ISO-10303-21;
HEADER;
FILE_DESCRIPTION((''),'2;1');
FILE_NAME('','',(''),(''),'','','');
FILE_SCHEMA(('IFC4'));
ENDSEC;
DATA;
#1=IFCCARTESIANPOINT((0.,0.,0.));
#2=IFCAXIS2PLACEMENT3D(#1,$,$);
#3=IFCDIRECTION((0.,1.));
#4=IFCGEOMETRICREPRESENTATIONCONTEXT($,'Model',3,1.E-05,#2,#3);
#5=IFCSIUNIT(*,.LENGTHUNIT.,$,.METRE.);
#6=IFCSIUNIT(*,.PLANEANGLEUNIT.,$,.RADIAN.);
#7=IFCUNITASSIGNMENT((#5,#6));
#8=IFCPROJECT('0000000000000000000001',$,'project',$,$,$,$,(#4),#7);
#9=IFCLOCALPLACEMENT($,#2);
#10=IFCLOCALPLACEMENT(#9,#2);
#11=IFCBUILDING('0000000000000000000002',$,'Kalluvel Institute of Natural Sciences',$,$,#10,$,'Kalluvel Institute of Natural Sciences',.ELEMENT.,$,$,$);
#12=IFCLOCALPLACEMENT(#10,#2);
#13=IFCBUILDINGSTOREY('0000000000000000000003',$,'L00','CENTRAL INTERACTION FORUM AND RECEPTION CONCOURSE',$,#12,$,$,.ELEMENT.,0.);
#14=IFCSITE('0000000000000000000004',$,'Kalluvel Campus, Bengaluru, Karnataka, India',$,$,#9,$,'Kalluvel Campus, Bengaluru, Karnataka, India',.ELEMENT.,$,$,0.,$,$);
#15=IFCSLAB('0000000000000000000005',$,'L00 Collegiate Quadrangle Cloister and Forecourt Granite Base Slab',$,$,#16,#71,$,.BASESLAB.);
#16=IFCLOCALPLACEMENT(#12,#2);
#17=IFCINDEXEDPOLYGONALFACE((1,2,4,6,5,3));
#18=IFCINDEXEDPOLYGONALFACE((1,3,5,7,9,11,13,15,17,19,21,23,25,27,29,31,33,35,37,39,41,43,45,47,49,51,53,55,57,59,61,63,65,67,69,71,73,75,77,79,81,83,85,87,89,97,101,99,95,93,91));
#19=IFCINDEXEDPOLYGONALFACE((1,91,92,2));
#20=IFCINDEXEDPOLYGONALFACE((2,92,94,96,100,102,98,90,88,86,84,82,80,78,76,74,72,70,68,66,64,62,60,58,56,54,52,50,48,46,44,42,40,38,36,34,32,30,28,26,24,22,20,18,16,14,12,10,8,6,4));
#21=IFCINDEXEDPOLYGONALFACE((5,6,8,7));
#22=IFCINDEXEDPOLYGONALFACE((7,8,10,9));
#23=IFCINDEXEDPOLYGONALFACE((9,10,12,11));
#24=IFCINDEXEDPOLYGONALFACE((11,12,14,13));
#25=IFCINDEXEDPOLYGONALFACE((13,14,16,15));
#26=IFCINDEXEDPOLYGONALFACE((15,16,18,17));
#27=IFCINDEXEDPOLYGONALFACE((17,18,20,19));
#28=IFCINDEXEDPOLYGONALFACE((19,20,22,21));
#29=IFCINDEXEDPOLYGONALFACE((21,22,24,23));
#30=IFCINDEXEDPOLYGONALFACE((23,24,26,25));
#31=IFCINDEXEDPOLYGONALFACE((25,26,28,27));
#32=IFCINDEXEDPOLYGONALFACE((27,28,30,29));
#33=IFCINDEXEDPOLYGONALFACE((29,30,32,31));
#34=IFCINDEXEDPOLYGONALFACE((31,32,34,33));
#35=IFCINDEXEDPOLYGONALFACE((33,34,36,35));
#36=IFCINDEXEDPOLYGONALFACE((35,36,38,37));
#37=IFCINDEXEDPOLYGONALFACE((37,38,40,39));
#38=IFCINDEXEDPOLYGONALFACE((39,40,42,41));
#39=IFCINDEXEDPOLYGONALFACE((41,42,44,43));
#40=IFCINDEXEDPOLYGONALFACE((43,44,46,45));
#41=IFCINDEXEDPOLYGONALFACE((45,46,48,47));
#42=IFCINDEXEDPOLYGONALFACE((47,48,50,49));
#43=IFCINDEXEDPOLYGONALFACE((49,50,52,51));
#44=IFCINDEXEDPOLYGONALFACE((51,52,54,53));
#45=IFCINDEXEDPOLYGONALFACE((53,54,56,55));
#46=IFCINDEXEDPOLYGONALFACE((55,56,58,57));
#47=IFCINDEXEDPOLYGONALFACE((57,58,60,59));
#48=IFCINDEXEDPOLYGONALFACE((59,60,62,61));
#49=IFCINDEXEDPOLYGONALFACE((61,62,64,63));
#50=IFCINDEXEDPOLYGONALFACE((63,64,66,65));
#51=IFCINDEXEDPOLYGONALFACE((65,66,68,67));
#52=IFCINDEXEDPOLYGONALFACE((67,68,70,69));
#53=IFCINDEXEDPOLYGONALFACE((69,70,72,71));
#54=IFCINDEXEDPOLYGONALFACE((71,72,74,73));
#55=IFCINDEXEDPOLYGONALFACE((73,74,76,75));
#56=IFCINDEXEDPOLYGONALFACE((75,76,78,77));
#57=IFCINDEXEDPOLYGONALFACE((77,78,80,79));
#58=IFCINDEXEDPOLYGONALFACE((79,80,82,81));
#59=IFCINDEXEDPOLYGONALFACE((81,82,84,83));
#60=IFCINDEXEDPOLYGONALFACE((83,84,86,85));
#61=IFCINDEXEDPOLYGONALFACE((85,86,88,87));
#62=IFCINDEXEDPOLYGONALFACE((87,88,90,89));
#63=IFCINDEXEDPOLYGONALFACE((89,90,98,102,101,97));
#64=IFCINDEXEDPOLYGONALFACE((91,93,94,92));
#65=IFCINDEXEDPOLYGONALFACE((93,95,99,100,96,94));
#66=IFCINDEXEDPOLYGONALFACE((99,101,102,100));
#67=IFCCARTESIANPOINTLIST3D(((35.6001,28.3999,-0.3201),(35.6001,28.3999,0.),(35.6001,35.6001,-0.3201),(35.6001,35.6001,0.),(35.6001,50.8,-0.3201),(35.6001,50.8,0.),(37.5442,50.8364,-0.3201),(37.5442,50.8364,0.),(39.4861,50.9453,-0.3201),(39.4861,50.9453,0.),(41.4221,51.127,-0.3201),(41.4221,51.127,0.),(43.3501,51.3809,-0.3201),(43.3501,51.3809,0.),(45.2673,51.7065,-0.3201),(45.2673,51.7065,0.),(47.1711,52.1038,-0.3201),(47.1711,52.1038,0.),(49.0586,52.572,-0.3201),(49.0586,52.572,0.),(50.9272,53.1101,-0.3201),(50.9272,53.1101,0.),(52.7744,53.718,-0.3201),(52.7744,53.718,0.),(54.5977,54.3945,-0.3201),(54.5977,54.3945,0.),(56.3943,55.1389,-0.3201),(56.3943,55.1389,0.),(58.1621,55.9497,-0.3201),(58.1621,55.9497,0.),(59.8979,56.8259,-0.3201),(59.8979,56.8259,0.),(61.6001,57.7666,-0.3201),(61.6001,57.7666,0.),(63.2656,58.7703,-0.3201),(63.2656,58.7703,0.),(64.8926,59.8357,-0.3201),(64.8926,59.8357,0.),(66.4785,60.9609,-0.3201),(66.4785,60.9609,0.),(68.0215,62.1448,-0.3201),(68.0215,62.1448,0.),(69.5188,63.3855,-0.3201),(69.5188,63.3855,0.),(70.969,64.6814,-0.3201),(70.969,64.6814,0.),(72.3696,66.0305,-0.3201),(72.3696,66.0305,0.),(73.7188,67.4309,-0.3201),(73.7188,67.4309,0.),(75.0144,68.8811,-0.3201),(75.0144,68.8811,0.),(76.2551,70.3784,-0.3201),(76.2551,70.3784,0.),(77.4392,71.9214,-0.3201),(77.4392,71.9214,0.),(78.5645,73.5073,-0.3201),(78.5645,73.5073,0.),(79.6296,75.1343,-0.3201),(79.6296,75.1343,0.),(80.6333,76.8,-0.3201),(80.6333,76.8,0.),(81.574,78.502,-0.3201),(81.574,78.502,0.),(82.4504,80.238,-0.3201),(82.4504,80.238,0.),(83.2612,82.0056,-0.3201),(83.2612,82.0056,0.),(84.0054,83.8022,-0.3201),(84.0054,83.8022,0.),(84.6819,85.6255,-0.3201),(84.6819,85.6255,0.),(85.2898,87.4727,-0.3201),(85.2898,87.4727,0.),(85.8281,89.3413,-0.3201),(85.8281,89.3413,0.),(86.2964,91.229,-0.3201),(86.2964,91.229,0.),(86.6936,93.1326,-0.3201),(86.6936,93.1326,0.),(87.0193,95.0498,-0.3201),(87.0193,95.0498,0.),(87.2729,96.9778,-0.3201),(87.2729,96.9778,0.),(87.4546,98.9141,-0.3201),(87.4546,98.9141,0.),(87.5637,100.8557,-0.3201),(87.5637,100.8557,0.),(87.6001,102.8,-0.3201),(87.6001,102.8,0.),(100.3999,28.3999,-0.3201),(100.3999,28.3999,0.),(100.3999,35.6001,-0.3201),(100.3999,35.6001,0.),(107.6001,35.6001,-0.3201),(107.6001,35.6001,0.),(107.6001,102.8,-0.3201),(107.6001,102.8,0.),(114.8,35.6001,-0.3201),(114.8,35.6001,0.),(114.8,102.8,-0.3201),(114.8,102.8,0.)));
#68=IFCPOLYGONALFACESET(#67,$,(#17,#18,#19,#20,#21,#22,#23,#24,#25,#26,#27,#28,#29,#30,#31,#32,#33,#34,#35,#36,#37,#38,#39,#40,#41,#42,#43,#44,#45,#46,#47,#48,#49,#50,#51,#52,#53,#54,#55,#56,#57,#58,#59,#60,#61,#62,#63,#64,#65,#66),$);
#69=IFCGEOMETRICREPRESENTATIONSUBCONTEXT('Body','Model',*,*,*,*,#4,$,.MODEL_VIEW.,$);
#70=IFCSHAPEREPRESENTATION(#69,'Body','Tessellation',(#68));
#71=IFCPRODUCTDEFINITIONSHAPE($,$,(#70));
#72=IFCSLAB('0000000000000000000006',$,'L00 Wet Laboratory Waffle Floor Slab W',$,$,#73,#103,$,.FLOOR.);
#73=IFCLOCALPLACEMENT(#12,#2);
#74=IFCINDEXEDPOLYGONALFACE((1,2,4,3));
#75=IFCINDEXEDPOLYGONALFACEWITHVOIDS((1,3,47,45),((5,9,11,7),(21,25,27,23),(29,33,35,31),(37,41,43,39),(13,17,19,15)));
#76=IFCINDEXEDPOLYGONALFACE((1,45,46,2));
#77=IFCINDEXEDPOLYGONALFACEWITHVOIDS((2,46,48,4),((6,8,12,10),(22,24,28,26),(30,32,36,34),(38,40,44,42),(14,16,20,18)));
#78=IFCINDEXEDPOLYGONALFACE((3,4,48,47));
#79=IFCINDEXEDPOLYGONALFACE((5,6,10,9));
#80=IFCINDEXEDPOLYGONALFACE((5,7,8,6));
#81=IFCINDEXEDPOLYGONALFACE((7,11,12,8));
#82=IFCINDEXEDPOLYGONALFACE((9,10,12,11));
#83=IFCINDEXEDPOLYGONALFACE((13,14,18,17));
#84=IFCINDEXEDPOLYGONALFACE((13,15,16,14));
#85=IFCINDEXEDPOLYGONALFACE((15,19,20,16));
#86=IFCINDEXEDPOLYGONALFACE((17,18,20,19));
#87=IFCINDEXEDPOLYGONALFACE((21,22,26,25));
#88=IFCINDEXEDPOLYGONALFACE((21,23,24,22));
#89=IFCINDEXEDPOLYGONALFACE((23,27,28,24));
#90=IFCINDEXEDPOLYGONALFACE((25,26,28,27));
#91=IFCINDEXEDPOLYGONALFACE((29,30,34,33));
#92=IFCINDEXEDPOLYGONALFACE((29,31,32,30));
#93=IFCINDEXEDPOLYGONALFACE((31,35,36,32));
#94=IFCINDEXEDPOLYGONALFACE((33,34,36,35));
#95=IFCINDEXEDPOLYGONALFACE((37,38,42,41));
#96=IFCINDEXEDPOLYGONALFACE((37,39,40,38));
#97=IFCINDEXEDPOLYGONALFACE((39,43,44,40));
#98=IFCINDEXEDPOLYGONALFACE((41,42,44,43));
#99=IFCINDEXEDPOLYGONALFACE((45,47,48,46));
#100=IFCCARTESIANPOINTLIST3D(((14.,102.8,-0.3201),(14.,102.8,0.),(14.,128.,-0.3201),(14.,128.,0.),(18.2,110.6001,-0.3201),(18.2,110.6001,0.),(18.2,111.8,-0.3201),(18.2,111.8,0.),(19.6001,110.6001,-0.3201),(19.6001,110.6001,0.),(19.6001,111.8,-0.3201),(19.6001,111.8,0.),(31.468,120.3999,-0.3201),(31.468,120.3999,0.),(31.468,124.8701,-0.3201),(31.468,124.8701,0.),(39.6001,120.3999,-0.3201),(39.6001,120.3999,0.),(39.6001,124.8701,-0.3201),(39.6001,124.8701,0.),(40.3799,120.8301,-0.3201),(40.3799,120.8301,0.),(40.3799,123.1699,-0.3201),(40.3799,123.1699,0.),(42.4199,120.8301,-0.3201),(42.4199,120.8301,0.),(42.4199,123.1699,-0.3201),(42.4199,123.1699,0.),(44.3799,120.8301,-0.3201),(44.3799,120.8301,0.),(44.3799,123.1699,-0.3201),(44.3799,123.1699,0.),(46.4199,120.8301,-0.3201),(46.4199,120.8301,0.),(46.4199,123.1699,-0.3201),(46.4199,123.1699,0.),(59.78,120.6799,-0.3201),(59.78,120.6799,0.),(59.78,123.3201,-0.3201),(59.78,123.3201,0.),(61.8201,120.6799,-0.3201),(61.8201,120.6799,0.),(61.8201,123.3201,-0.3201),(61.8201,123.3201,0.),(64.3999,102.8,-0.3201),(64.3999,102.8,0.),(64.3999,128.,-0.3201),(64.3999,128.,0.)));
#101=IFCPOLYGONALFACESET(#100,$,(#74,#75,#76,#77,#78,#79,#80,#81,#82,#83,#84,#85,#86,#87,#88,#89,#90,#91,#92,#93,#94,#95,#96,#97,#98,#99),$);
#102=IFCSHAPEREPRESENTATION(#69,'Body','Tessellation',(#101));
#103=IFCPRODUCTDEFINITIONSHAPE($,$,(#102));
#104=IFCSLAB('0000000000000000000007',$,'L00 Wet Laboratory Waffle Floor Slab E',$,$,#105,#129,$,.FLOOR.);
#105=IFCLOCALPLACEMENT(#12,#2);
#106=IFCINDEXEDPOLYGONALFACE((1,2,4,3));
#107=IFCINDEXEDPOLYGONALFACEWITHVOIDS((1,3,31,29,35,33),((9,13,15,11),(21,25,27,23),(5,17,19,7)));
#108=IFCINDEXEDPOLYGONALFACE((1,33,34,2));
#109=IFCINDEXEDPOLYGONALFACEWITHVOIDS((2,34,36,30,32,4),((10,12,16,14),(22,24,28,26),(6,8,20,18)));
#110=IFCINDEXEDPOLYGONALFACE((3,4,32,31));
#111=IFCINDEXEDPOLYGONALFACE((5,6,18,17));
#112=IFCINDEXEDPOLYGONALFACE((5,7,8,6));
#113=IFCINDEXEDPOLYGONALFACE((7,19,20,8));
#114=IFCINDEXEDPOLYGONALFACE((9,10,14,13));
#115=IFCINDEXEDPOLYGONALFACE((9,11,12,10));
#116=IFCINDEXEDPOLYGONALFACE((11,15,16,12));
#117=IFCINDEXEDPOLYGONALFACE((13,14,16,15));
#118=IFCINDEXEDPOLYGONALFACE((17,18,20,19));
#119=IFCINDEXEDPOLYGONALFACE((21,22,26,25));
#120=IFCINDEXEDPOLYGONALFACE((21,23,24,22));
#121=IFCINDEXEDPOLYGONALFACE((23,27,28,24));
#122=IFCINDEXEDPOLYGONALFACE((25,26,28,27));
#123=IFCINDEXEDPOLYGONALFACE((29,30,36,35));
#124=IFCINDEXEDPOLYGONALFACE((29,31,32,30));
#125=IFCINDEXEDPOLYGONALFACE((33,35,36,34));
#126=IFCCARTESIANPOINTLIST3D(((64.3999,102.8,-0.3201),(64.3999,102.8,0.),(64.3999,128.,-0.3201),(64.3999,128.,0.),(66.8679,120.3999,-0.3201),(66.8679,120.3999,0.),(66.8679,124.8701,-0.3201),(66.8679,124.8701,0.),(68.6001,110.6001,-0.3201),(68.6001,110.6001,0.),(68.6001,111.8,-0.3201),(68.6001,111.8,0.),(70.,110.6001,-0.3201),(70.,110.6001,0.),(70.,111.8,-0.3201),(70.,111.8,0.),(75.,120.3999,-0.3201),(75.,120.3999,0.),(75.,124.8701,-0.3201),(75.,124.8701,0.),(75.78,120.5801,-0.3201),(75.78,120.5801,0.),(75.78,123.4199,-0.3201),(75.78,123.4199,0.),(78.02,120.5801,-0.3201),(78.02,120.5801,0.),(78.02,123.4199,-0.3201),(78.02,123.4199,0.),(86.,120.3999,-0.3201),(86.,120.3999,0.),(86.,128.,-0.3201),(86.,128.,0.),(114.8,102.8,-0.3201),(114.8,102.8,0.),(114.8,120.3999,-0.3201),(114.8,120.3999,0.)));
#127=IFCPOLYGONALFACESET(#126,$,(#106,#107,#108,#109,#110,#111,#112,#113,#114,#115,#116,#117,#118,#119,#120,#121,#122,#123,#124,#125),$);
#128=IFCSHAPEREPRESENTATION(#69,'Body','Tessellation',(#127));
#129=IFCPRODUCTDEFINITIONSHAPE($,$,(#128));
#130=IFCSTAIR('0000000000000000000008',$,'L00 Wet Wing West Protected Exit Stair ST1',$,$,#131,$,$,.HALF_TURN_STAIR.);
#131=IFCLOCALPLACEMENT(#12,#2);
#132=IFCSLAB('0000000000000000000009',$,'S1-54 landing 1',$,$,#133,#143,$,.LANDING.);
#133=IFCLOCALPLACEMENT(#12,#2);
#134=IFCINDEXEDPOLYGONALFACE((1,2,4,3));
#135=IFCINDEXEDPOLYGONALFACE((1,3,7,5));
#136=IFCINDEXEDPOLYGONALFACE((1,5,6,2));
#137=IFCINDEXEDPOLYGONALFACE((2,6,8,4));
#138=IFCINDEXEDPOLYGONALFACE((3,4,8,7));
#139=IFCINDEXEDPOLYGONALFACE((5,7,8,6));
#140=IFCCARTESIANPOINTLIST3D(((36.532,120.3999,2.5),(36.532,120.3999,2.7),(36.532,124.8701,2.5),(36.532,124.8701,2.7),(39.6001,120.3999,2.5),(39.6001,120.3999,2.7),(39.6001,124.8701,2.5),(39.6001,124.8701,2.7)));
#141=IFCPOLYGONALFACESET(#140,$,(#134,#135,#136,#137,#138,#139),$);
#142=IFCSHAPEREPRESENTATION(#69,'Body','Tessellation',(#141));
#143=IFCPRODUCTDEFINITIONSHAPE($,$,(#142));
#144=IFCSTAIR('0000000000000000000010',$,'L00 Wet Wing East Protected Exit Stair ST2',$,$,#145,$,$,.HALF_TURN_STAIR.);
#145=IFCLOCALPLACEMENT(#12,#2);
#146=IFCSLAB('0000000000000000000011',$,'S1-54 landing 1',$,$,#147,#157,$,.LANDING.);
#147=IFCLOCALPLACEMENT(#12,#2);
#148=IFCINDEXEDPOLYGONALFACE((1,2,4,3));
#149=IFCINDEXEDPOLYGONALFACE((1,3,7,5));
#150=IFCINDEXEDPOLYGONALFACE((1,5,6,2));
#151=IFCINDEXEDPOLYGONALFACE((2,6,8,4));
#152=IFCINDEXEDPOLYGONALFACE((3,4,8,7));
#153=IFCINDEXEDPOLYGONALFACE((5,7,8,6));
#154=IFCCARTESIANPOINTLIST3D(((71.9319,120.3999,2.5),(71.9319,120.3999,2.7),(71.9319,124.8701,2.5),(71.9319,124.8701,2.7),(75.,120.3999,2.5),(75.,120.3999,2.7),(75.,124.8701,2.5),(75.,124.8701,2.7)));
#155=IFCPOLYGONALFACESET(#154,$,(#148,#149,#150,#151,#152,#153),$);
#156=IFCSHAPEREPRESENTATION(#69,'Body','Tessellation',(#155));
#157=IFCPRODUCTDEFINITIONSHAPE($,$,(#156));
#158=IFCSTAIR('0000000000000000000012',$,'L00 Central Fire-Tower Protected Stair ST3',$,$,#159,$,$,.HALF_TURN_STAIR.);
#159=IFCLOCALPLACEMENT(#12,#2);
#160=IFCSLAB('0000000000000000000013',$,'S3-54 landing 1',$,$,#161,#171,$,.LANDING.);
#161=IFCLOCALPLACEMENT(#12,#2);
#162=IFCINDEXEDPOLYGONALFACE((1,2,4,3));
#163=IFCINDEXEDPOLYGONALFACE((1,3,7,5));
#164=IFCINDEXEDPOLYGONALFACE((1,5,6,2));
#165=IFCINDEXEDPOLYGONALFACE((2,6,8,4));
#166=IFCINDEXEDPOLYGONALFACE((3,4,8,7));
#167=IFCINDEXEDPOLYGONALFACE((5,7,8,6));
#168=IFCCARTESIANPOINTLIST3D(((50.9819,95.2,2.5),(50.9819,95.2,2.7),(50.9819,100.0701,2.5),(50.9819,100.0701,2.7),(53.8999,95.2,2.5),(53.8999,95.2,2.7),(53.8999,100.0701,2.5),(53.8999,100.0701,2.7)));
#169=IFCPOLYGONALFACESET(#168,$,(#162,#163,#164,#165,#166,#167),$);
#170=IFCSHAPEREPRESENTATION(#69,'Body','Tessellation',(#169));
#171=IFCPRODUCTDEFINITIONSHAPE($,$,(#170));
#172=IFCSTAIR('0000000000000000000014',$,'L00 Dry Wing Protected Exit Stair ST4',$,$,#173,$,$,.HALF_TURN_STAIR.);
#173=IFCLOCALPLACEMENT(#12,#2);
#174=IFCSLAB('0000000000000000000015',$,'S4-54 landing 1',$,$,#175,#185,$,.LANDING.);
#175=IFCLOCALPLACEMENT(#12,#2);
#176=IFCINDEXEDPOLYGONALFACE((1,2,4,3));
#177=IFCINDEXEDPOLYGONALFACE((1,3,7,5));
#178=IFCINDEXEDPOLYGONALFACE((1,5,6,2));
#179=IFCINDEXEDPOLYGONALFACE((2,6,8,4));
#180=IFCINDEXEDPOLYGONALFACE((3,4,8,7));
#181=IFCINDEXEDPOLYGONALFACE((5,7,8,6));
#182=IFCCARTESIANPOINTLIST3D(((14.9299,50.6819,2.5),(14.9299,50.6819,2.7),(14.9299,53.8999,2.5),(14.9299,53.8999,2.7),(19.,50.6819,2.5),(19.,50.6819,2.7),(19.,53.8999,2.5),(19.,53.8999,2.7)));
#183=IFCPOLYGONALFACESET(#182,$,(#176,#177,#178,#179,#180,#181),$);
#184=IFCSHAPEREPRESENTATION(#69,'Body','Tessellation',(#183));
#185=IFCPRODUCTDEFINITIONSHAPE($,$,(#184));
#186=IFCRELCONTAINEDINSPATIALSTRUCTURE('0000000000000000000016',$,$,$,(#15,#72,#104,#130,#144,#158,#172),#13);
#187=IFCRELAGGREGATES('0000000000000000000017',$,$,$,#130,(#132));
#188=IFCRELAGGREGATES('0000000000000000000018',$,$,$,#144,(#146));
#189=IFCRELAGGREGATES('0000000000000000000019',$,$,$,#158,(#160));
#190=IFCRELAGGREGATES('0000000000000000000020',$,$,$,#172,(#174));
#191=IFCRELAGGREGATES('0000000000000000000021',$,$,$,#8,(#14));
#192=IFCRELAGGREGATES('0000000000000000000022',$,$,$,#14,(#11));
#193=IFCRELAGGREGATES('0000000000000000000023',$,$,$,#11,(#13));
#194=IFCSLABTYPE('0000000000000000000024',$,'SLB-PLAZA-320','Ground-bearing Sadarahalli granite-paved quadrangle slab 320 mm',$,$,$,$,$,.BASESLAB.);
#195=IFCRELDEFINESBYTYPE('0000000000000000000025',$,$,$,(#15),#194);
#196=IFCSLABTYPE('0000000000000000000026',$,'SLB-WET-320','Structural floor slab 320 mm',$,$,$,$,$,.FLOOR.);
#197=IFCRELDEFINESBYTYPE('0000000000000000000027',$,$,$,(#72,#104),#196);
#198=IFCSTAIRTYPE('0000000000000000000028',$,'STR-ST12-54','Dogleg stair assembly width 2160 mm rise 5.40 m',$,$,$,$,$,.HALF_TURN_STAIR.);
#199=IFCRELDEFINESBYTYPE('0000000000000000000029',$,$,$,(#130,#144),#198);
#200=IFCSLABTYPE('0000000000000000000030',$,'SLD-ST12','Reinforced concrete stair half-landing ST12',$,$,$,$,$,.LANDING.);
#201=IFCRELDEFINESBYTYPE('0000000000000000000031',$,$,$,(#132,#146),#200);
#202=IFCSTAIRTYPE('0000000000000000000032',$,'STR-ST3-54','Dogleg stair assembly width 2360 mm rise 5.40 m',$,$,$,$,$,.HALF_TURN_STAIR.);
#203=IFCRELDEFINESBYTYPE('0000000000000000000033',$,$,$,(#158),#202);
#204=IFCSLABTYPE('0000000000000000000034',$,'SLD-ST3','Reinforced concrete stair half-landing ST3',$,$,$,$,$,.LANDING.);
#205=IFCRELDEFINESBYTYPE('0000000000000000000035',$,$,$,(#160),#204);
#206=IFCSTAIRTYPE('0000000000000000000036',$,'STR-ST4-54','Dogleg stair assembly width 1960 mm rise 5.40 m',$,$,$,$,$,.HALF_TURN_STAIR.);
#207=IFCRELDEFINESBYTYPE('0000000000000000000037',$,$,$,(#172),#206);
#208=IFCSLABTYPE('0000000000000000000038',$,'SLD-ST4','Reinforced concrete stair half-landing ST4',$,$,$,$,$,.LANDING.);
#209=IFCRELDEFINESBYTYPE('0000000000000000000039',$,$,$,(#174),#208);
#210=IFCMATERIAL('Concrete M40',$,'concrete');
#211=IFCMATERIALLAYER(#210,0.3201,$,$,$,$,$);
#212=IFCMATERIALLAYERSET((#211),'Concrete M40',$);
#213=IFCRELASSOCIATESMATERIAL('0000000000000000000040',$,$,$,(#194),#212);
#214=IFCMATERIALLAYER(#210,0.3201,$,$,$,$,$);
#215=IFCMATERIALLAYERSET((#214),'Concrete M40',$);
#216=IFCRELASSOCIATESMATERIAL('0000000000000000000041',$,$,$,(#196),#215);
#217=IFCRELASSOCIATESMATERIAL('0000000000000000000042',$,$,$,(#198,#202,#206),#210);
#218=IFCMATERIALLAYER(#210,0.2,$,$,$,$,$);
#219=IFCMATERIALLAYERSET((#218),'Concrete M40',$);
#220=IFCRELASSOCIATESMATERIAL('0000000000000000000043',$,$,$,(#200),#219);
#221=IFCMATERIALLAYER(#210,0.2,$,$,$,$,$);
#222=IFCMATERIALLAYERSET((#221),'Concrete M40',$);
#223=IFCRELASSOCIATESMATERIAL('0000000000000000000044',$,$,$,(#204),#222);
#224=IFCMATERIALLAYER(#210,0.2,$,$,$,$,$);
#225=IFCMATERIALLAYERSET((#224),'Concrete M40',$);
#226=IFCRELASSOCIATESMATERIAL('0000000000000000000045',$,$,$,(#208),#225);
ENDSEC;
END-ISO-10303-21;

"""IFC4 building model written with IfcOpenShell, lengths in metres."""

from ifc_helpers import new_model, si_unit, direction, frame, origin, place, context, subcontext, project, spatial, polyline, outline, extrude, material, layer, layer_set, type_object, element, aggregate, save


model = new_model("IFC4")

# Units and contexts
model_context = context("Model", 3, precision=1e-05, world=origin(), true_north=direction((0.0, 1.0)))
body_context = subcontext(model_context, "Body", "Model", "MODEL_VIEW")
ifc_project = project(units=[si_unit("LENGTHUNIT", "METRE"), si_unit("PLANEANGLEUNIT", "RADIAN")], contexts=[model_context])

# Site, building, storey
site_placement = place(None, origin())
site = spatial("IfcSite", under=ifc_project, at=site_placement, Name="Kalluvel Campus, Bengaluru, Karnataka, India", LongName="Kalluvel Campus, Bengaluru, Karnataka, India", CompositionType="ELEMENT", RefElevation=0.0)
building_placement = place(site_placement, origin())
building = spatial("IfcBuilding", under=site, at=building_placement, Name="Kalluvel Institute of Natural Sciences", LongName="Kalluvel Institute of Natural Sciences", CompositionType="ELEMENT")
storey_placement = place(building_placement, origin())
storey = spatial("IfcBuildingStorey", under=building, at=storey_placement, Name="L00", Description="CENTRAL INTERACTION FORUM AND RECEPTION CONCOURSE", CompositionType="ELEMENT", Elevation=0.0)

# Slabs
ifc_material_1 = material(Name="Concrete M40", Category="concrete")
ifc_layer_1 = layer(ifc_material_1, 0.3201)
ifc_layer_set_1 = layer_set([ifc_layer_1], Name="Concrete M40")
slab_type_1 = type_object("IfcSlabType", Name="SLB-PLAZA-320", Description="Ground-bearing Sadarahalli granite-paved quadrangle slab 320 mm", PredefinedType="BASESLAB", material=ifc_layer_set_1)
slab_1_placement = place(storey_placement, frame((0.0, 0.0, -0.3201)))
element("IfcSlab", 1, at=slab_1_placement, inside=storey, type_object=slab_type_1, Name="L00 Collegiate Quadrangle Cloister and Forecourt Granite Base Slab", PredefinedType="BASESLAB", context=body_context, shape_type="SweptSolid", body=[
    extrude(outline(polyline([(35.6001, 28.3999), (35.6001, 35.6001), (35.6001, 50.8), (37.5442, 50.8364), (39.4861, 50.9453), (41.4221, 51.127), (43.3501, 51.3809), (45.2673, 51.7065), (47.1711, 52.1038), (49.0586, 52.572), (50.9272, 53.1101), (52.7744, 53.718), (54.5977, 54.3945), (56.3943, 55.1389), (58.1621, 55.9497), (59.8979, 56.8259), (61.6001, 57.7666), (63.2656, 58.7703), (64.8926, 59.8357), (66.4785, 60.9609), (68.0215, 62.1448), (69.5188, 63.3855), (70.969, 64.6814), (72.3696, 66.0305), (73.7188, 67.4309), (75.0144, 68.8811), (76.2551, 70.3784), (77.4392, 71.9214), (78.5645, 73.5073), (79.6296, 75.1343), (80.6333, 76.8), (81.574, 78.502), (82.4504, 80.238), (83.2612, 82.0056), (84.0054, 83.8022), (84.6819, 85.6255), (85.2898, 87.4727), (85.8281, 89.3413), (86.2964, 91.229), (86.6936, 93.1326), (87.0193, 95.0498), (87.2729, 96.9778), (87.4546, 98.9141), (87.5637, 100.8557), (87.6001, 102.8), (107.6001, 102.8), (114.8, 102.8), (114.8, 35.6001), (107.6001, 35.6001), (100.3999, 35.6001), (100.3999, 28.3999), (35.6001, 28.3999)])), origin(), (0.0, 0.0, 1.0), 0.3201),
])
ifc_layer_2 = layer(ifc_material_1, 0.3201)
ifc_layer_set_2 = layer_set([ifc_layer_2], Name="Concrete M40")
slab_type_2 = type_object("IfcSlabType", Name="SLB-WET-320", Description="Structural floor slab 320 mm", PredefinedType="FLOOR", material=ifc_layer_set_2)
slab_2_placement = place(storey_placement, frame((0.0, 0.0, -0.3201)))
element("IfcSlab", 2, at=slab_2_placement, inside=storey, type_object=slab_type_2, Name="L00 Wet Laboratory Waffle Floor Slab W", PredefinedType="FLOOR", context=body_context, shape_type="SweptSolid", body=[
    extrude(outline(polyline([(14.0, 102.8), (64.3999, 102.8), (64.3999, 128.0), (14.0, 128.0), (14.0, 102.8)]), holes=[polyline([(61.8201, 120.6799), (59.78, 120.6799), (59.78, 123.3201), (61.8201, 123.3201), (61.8201, 120.6799)]), polyline([(46.4199, 123.1699), (46.4199, 120.8301), (44.3799, 120.8301), (44.3799, 123.1699), (46.4199, 123.1699)]), polyline([(42.4199, 123.1699), (42.4199, 120.8301), (40.3799, 120.8301), (40.3799, 123.1699), (42.4199, 123.1699)]), polyline([(39.6001, 120.3999), (31.468, 120.3999), (31.468, 124.8701), (39.6001, 124.8701), (39.6001, 120.3999)]), polyline([(19.6001, 111.8), (19.6001, 110.6001), (18.2, 110.6001), (18.2, 111.8), (19.6001, 111.8)])]), origin(), (0.0, 0.0, 1.0), 0.3201),
])
slab_3_placement = place(storey_placement, frame((0.0, 0.0, -0.3201)))
element("IfcSlab", 3, at=slab_3_placement, inside=storey, type_object=slab_type_2, Name="L00 Wet Laboratory Waffle Floor Slab E", PredefinedType="FLOOR", context=body_context, shape_type="SweptSolid", body=[
    extrude(outline(polyline([(114.8, 102.8), (64.3999, 102.8), (64.3999, 128.0), (86.0, 128.0), (86.0, 120.3999), (114.8, 120.3999), (114.8, 102.8)]), holes=[polyline([(78.02, 123.4199), (78.02, 120.5801), (75.78, 120.5801), (75.78, 123.4199), (78.02, 123.4199)]), polyline([(75.0, 124.8701), (75.0, 120.3999), (66.8679, 120.3999), (66.8679, 124.8701), (75.0, 124.8701)]), polyline([(68.6001, 111.8), (70.0, 111.8), (70.0, 110.6001), (68.6001, 110.6001), (68.6001, 111.8)])]), origin(), (0.0, 0.0, 1.0), 0.3201),
])

# Stairs, slabs
stair_type_1 = type_object("IfcStairType", Name="STR-ST12-54", Description="Dogleg stair assembly width 2160 mm rise 5.40 m", PredefinedType="HALF_TURN_STAIR", material=ifc_material_1)
stair_1_placement = place(storey_placement, origin())
stair_1 = element("IfcStair", 4, at=stair_1_placement, inside=storey, type_object=stair_type_1, Name="L00 Wet Wing West Protected Exit Stair ST1", PredefinedType="HALF_TURN_STAIR")
ifc_layer_3 = layer(ifc_material_1, 0.2)
ifc_layer_set_3 = layer_set([ifc_layer_3], Name="Concrete M40")
slab_type_3 = type_object("IfcSlabType", Name="SLD-ST12", Description="Reinforced concrete stair half-landing ST12", PredefinedType="LANDING", material=ifc_layer_set_3)
slab_4_placement = place(storey_placement, frame((0.0, 0.0, 2.5)))
slab_4 = element("IfcSlab", 5, at=slab_4_placement, type_object=slab_type_3, Name="S1-54 landing 1", PredefinedType="LANDING", context=body_context, shape_type="SweptSolid", body=[
    extrude(outline(polyline([(36.532, 120.3999), (39.6001, 120.3999), (39.6001, 124.8701), (36.532, 124.8701), (36.532, 120.3999)])), origin(), (0.0, 0.0, 1.0), 0.2),
])
aggregate(stair_1, [slab_4])
stair_2_placement = place(storey_placement, origin())
stair_2 = element("IfcStair", 6, at=stair_2_placement, inside=storey, type_object=stair_type_1, Name="L00 Wet Wing East Protected Exit Stair ST2", PredefinedType="HALF_TURN_STAIR")
slab_5_placement = place(storey_placement, frame((0.0, 0.0, 2.5)))
slab_5 = element("IfcSlab", 7, at=slab_5_placement, type_object=slab_type_3, Name="S1-54 landing 1", PredefinedType="LANDING", context=body_context, shape_type="SweptSolid", body=[
    extrude(outline(polyline([(71.9319, 120.3999), (75.0, 120.3999), (75.0, 124.8701), (71.9319, 124.8701), (71.9319, 120.3999)])), origin(), (0.0, 0.0, 1.0), 0.2),
])
aggregate(stair_2, [slab_5])
stair_type_2 = type_object("IfcStairType", Name="STR-ST3-54", Description="Dogleg stair assembly width 2360 mm rise 5.40 m", PredefinedType="HALF_TURN_STAIR", material=ifc_material_1)
stair_3_placement = place(storey_placement, origin())
stair_3 = element("IfcStair", 8, at=stair_3_placement, inside=storey, type_object=stair_type_2, Name="L00 Central Fire-Tower Protected Stair ST3", PredefinedType="HALF_TURN_STAIR")
ifc_layer_4 = layer(ifc_material_1, 0.2)
ifc_layer_set_4 = layer_set([ifc_layer_4], Name="Concrete M40")
slab_type_4 = type_object("IfcSlabType", Name="SLD-ST3", Description="Reinforced concrete stair half-landing ST3", PredefinedType="LANDING", material=ifc_layer_set_4)
slab_6_placement = place(storey_placement, frame((0.0, 0.0, 2.5)))
slab_6 = element("IfcSlab", 9, at=slab_6_placement, type_object=slab_type_4, Name="S3-54 landing 1", PredefinedType="LANDING", context=body_context, shape_type="SweptSolid", body=[
    extrude(outline(polyline([(50.9819, 95.2), (53.8999, 95.2), (53.8999, 100.0701), (50.9819, 100.0701), (50.9819, 95.2)])), origin(), (0.0, 0.0, 1.0), 0.2),
])
aggregate(stair_3, [slab_6])
stair_type_3 = type_object("IfcStairType", Name="STR-ST4-54", Description="Dogleg stair assembly width 1960 mm rise 5.40 m", PredefinedType="HALF_TURN_STAIR", material=ifc_material_1)
stair_4_placement = place(storey_placement, origin())
stair_4 = element("IfcStair", 10, at=stair_4_placement, inside=storey, type_object=stair_type_3, Name="L00 Dry Wing Protected Exit Stair ST4", PredefinedType="HALF_TURN_STAIR")
ifc_layer_5 = layer(ifc_material_1, 0.2)
ifc_layer_set_5 = layer_set([ifc_layer_5], Name="Concrete M40")
slab_type_5 = type_object("IfcSlabType", Name="SLD-ST4", Description="Reinforced concrete stair half-landing ST4", PredefinedType="LANDING", material=ifc_layer_set_5)
slab_7_placement = place(storey_placement, frame((0.0, 0.0, 2.5)))
slab_7 = element("IfcSlab", 11, at=slab_7_placement, type_object=slab_type_5, Name="S4-54 landing 1", PredefinedType="LANDING", context=body_context, shape_type="SweptSolid", body=[
    extrude(outline(polyline([(19.0, 50.6819), (19.0, 53.8999), (14.9299, 53.8999), (14.9299, 50.6819), (19.0, 50.6819)])), origin(), (0.0, 0.0, 1.0), 0.2),
])
aggregate(stair_4, [slab_7])

save(model, "model.ifc")
